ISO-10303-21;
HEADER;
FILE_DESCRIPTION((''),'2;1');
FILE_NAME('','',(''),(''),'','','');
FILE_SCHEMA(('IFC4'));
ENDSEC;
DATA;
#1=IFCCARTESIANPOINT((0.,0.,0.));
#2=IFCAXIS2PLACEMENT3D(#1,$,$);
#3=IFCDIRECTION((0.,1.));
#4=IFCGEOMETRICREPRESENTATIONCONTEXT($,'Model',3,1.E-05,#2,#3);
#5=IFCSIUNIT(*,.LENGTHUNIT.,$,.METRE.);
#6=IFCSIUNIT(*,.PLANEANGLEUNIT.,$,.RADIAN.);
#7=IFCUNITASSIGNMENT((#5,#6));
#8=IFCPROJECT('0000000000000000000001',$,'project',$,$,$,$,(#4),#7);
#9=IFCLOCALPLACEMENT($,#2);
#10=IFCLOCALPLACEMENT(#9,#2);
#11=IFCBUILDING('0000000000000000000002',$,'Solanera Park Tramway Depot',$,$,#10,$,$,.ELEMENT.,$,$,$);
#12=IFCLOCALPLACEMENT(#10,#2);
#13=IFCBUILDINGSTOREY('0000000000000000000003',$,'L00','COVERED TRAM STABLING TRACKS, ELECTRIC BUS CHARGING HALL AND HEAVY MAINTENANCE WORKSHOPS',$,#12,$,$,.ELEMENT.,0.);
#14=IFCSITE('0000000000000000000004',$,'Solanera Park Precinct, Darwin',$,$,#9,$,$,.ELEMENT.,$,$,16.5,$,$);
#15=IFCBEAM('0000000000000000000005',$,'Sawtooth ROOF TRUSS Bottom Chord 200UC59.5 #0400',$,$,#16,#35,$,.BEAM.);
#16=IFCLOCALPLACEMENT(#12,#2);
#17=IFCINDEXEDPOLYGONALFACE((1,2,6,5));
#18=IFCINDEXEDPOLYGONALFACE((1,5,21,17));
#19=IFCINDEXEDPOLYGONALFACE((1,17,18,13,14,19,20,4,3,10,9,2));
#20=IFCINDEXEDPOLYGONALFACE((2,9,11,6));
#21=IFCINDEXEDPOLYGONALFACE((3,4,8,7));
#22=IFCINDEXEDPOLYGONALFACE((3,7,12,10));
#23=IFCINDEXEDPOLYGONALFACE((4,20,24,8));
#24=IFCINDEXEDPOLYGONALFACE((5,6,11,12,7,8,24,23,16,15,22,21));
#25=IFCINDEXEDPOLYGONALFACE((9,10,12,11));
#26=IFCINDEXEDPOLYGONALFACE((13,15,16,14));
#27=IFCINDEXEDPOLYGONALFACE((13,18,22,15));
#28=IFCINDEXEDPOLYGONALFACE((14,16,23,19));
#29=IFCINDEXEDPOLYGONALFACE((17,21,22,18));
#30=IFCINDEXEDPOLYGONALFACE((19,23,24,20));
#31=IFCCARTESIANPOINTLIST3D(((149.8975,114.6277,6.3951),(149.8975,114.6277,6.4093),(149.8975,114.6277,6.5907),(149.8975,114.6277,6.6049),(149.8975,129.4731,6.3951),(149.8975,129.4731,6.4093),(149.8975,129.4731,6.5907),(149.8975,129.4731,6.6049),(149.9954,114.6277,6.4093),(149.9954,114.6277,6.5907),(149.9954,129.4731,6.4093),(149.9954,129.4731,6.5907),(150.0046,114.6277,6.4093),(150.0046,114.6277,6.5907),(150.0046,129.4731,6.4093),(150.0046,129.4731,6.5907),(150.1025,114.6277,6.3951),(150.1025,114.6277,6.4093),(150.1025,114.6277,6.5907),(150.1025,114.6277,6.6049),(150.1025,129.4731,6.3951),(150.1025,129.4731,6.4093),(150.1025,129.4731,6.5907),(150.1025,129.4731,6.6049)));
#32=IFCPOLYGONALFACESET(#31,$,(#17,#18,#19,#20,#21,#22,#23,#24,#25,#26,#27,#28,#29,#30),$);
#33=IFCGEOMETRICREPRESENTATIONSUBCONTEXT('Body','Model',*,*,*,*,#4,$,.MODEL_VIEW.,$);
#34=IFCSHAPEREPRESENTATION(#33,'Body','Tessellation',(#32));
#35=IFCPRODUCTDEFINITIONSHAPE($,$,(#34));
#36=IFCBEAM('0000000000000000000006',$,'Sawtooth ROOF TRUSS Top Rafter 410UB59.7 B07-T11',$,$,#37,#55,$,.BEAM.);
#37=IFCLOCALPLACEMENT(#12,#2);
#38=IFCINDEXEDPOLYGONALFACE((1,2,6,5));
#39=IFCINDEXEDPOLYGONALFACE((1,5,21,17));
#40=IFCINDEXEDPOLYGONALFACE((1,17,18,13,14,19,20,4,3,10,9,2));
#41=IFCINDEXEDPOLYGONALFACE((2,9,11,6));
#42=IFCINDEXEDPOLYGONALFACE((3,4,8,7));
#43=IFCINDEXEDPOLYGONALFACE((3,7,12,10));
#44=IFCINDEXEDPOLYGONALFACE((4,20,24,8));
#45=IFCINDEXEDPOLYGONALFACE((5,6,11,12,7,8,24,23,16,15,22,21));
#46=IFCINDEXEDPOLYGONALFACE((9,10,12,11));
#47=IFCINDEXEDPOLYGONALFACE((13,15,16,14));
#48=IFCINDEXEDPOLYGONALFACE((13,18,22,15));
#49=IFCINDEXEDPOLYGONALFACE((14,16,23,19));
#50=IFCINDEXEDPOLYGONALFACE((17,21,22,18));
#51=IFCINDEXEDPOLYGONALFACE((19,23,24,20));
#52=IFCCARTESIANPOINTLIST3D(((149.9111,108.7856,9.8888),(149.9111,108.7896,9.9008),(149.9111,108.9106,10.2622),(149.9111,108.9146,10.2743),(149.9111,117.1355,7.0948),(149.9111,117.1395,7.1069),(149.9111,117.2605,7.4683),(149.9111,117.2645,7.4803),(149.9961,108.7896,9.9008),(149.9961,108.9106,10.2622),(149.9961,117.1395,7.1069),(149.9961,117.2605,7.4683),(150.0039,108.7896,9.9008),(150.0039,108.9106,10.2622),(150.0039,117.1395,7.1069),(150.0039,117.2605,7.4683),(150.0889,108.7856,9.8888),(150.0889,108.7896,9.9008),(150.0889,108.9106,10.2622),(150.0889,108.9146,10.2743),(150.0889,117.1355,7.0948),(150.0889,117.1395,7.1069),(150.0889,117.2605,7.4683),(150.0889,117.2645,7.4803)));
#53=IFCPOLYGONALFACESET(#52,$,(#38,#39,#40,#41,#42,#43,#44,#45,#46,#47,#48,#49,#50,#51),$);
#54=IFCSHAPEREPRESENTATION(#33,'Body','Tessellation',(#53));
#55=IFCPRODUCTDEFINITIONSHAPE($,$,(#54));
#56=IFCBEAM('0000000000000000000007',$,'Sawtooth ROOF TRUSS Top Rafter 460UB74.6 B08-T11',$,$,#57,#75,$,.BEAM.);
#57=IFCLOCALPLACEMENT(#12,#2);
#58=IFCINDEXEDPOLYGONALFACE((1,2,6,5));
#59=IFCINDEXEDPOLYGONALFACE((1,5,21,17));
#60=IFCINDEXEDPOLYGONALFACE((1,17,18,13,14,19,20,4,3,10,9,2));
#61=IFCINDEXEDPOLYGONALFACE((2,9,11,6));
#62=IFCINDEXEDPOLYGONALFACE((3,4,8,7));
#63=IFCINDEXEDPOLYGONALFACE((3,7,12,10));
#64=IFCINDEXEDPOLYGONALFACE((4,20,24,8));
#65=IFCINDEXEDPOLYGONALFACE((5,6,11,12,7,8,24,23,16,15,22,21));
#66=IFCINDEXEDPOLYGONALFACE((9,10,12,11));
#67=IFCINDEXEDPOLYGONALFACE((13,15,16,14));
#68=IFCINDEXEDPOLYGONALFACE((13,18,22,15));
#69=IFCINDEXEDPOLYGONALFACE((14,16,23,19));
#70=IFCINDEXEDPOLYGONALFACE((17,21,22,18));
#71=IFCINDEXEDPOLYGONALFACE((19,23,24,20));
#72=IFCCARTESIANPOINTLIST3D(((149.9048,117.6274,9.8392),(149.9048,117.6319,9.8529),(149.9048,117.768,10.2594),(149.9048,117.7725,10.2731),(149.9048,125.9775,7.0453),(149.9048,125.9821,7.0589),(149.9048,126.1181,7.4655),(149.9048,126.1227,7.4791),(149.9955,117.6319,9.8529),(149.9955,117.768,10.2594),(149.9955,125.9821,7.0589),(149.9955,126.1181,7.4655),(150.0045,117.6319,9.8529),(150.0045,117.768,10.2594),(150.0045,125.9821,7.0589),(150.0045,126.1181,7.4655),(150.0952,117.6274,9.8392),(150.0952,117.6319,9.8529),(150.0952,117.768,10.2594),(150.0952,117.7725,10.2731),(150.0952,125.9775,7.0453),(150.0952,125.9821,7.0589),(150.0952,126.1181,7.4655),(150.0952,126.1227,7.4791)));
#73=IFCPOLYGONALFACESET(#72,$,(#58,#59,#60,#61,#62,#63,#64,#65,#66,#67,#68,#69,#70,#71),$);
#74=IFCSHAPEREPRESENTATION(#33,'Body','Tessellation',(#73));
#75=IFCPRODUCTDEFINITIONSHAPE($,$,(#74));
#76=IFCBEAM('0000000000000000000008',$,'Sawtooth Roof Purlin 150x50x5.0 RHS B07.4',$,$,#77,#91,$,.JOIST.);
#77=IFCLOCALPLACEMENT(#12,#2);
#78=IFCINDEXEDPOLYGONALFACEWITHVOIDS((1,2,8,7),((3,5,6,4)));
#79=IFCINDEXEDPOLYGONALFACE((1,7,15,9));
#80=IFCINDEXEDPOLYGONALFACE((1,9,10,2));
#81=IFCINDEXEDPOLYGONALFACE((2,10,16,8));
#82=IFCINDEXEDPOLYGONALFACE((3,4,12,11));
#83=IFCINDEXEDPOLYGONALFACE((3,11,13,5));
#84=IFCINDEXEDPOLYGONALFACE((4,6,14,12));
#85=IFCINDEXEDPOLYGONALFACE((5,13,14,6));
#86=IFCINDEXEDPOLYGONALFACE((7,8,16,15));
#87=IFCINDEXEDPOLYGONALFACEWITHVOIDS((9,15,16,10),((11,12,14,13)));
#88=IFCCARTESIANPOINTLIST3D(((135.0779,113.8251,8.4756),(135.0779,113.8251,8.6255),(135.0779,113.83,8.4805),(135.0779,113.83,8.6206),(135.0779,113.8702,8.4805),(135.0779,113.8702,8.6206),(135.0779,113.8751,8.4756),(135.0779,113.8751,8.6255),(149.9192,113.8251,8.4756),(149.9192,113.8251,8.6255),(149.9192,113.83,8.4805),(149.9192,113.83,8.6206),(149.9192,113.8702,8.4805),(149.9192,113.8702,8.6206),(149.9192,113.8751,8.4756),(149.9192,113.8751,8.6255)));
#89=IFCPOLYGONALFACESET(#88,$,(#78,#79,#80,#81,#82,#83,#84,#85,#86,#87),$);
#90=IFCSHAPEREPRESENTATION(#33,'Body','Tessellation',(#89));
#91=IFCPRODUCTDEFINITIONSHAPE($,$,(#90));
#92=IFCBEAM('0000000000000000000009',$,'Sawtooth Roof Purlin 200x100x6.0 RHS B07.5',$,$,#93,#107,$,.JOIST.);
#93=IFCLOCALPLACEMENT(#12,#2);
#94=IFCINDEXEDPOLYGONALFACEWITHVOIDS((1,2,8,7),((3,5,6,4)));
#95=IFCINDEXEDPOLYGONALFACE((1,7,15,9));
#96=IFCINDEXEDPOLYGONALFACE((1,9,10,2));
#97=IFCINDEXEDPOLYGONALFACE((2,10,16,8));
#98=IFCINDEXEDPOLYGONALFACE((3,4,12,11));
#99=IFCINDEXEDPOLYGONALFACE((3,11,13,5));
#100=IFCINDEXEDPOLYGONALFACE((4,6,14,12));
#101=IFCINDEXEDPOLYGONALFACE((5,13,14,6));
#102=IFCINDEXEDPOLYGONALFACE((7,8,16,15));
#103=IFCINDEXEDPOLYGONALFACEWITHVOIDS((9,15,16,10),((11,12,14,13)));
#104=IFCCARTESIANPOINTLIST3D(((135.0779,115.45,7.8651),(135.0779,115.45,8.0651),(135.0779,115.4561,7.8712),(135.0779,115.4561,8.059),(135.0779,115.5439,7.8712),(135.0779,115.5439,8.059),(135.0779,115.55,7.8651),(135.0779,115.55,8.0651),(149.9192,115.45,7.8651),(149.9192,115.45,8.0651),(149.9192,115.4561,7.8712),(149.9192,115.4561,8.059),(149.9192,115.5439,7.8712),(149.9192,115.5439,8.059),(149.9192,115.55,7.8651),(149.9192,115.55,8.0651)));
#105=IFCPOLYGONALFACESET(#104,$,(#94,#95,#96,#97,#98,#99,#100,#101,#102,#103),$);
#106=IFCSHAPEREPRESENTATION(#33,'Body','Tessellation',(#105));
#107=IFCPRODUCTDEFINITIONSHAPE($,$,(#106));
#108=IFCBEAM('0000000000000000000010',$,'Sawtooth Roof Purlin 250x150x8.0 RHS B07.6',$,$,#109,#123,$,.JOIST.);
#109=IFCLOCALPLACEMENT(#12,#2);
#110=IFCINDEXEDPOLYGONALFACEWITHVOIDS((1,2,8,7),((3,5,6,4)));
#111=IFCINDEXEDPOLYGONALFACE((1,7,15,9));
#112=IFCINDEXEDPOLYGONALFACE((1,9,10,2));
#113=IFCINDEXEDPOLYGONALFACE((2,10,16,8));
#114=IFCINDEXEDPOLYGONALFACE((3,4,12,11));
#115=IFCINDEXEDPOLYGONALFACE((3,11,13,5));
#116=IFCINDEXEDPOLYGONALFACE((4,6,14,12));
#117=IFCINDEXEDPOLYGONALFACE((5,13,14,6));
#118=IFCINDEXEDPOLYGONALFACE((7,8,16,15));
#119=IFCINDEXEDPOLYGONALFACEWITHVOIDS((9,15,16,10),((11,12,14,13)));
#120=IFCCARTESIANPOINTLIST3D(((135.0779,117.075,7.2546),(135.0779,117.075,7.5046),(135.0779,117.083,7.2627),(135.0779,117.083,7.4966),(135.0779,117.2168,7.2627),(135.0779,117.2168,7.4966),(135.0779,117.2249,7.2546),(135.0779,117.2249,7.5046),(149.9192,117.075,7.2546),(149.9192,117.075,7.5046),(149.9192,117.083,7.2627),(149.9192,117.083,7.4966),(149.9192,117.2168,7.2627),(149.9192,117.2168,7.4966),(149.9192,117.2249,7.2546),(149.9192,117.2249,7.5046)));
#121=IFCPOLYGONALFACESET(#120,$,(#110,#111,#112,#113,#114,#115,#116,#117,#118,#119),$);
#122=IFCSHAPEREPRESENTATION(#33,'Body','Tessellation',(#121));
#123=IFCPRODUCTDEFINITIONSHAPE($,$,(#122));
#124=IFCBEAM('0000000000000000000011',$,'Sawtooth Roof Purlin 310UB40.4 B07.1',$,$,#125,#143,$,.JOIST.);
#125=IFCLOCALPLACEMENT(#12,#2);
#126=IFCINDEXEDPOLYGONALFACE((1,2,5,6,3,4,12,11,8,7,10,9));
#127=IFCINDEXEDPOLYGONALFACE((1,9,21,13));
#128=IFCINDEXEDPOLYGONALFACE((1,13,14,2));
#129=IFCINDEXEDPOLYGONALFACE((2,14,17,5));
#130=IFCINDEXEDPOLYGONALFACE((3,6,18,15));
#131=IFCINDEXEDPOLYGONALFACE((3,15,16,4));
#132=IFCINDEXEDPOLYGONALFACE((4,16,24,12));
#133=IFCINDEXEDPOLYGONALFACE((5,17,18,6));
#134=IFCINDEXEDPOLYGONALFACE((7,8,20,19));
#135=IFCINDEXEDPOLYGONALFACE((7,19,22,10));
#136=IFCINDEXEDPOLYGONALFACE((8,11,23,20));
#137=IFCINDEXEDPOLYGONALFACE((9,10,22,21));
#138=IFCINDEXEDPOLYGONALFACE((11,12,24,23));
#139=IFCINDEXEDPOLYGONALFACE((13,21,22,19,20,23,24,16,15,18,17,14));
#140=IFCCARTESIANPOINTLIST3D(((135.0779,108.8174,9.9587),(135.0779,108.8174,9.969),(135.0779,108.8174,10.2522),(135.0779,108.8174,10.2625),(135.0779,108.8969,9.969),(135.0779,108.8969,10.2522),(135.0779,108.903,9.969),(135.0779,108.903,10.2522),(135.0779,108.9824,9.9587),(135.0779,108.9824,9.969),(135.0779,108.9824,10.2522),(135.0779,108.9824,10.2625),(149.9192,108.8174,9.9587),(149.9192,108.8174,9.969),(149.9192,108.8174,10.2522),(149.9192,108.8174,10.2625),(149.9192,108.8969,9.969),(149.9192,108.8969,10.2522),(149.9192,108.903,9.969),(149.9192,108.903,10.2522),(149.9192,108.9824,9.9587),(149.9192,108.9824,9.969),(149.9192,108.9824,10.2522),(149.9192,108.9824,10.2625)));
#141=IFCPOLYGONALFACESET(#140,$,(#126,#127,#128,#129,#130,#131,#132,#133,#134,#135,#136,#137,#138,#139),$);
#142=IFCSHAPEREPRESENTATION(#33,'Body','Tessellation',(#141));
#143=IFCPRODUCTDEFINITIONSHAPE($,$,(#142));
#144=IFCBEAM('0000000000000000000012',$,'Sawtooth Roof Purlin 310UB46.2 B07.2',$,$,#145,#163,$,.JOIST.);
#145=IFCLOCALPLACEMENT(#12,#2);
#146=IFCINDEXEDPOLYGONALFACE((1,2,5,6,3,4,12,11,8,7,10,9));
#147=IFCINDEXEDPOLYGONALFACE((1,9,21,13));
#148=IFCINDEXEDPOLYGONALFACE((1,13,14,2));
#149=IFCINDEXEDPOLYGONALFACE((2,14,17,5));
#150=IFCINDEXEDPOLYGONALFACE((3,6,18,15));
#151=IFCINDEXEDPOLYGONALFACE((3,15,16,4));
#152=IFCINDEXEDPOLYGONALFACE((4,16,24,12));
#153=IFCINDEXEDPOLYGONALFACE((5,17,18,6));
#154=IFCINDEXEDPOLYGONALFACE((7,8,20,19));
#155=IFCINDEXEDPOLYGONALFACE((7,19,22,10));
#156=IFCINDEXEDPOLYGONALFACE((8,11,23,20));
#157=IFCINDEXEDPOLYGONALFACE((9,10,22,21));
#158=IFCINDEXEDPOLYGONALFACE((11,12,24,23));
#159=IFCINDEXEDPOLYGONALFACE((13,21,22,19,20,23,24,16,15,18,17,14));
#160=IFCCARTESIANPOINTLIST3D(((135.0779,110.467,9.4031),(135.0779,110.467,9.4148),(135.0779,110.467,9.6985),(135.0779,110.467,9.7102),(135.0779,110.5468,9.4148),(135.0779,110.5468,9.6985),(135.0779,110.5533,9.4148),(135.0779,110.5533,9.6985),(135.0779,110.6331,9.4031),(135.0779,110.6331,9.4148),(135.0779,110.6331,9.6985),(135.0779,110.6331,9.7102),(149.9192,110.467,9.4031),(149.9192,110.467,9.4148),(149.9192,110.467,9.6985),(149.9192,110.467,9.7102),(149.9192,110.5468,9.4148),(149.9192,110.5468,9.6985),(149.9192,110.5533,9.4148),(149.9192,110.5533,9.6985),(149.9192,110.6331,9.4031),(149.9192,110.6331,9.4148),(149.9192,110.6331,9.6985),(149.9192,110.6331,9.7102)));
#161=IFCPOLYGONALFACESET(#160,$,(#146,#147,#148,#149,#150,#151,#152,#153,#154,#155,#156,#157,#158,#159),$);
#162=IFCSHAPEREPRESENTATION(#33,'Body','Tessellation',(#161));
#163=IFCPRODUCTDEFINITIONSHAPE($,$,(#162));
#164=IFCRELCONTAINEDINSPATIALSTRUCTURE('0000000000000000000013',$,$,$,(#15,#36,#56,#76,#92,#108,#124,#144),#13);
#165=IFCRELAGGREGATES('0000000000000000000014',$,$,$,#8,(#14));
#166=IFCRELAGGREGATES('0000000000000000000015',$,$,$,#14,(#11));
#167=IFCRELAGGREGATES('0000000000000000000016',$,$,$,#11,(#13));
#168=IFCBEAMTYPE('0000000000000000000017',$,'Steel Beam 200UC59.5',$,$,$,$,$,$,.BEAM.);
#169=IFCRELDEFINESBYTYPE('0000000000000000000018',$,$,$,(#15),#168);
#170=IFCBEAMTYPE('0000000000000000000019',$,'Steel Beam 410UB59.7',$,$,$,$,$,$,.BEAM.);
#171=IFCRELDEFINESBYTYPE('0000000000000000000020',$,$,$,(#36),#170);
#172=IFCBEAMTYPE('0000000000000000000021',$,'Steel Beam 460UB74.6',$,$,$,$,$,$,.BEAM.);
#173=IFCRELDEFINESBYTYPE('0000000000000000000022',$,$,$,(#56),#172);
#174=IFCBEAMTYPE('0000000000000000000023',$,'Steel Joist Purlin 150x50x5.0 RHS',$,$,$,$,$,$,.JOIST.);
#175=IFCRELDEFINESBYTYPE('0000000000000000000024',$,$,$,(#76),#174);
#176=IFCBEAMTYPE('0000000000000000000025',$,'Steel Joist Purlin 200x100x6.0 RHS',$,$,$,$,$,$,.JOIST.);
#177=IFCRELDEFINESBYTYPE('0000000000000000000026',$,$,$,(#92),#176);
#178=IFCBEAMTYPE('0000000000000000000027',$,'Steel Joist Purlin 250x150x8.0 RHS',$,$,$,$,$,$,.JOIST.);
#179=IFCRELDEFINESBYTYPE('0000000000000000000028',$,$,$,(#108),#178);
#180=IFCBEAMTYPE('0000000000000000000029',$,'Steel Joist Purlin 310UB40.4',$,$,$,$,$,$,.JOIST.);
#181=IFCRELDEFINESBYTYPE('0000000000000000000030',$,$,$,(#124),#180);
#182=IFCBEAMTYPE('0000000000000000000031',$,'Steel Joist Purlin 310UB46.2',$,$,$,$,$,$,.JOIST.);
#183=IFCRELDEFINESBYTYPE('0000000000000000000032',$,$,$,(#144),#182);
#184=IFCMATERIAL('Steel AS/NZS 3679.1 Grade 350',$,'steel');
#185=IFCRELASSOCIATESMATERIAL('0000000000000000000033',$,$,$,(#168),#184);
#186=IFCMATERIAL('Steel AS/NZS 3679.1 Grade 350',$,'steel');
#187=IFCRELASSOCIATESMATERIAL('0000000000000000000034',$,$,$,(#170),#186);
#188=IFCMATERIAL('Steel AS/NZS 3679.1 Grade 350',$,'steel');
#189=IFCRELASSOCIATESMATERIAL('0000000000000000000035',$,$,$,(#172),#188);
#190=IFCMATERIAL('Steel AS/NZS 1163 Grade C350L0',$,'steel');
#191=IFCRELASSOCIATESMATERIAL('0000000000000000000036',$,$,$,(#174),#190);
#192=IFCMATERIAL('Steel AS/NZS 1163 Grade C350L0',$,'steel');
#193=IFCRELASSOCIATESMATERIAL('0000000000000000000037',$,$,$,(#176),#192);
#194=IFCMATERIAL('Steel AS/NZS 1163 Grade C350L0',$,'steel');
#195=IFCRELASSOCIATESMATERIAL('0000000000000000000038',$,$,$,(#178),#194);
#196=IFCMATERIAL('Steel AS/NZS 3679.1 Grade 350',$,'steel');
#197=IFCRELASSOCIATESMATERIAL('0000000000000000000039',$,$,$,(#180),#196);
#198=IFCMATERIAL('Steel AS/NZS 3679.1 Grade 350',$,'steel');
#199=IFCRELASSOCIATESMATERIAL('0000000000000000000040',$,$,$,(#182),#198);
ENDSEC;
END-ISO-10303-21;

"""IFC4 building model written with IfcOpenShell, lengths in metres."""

from ifc_helpers import new_model, si_unit, direction, frame, origin, origin_2d, place, context, subcontext, project, spatial, hollow_rectangle, i_section, extrude, material, material_profile, profile_set, type_object, element, save


model = new_model("IFC4")

# Units and contexts
model_context = context("Model", 3, precision=1e-05, world=origin(), true_north=direction((0.0, 1.0)))
body_context = subcontext(model_context, "Body", "Model", "MODEL_VIEW")
ifc_project = project(units=[si_unit("LENGTHUNIT", "METRE"), si_unit("PLANEANGLEUNIT", "RADIAN")], contexts=[model_context])

# Site, building, storey
site_placement = place(None, origin())
site = spatial("IfcSite", under=ifc_project, at=site_placement, Name="Solanera Park Precinct, Darwin", CompositionType="ELEMENT", RefElevation=16.5)
building_placement = place(site_placement, origin())
building = spatial("IfcBuilding", under=site, at=building_placement, Name="Solanera Park Tramway Depot", CompositionType="ELEMENT")
storey_placement = place(building_placement, origin())
storey = spatial("IfcBuildingStorey", under=building, at=storey_placement, Name="L00", Description="COVERED TRAM STABLING TRACKS, ELECTRIC BUS CHARGING HALL AND HEAVY MAINTENANCE WORKSHOPS", CompositionType="ELEMENT", Elevation=0.0)

# Beams
ifc_material_1 = material(Name="Steel AS/NZS 3679.1 Grade 350", Category="steel")
ifc_material_profile_1 = material_profile(ifc_material_1, i_section(OverallWidth=0.2051, OverallDepth=0.2097, WebThickness=0.0093, FlangeThickness=0.0142, at=origin_2d()), Name="200UC59.5")
ifc_profile_set_1 = profile_set([ifc_material_profile_1], Name="Steel AS/NZS 3679.1 Grade 350")
beam_type_1 = type_object("IfcBeamType", Name="Steel Beam 200UC59.5", PredefinedType="BEAM", material=ifc_profile_set_1)
beam_1_placement = place(storey_placement, frame((150.0, 114.6277, 6.5), z_axis=(0.0, 1.0, 0.0), x_axis=(-1.0, 0.0, 0.0)))
element("IfcBeam", 1, at=beam_1_placement, inside=storey, type_object=beam_type_1, Name="Sawtooth ROOF TRUSS Bottom Chord 200UC59.5 #0400", PredefinedType="BEAM", context=body_context, shape_type="SweptSolid", body=[
    extrude(i_section(OverallWidth=0.2051, OverallDepth=0.2097, WebThickness=0.0093, FlangeThickness=0.0142, at=origin_2d()), origin(), (0.0, 0.0, 1.0), 14.8455),
])
ifc_material_2 = material(Name="Steel AS/NZS 3679.1 Grade 350", Category="steel")
ifc_material_profile_2 = material_profile(ifc_material_2, i_section(OverallWidth=0.1777, OverallDepth=0.4065, WebThickness=0.0078, FlangeThickness=0.0127, at=origin_2d()), Name="410UB59.7")
ifc_profile_set_2 = profile_set([ifc_material_profile_2], Name="Steel AS/NZS 3679.1 Grade 350")
beam_type_2 = type_object("IfcBeamType", Name="Steel Beam 410UB59.7", PredefinedType="BEAM", material=ifc_profile_set_2)
beam_2_placement = place(storey_placement, frame((150.0, 108.8501, 10.0815), z_axis=(0.0, 0.948319, -0.317317), x_axis=(-1.0, 0.0, 0.0)))
element("IfcBeam", 2, at=beam_2_placement, inside=storey, type_object=beam_type_2, Name="Sawtooth ROOF TRUSS Top Rafter 410UB59.7 B07-T11", PredefinedType="BEAM", context=body_context, shape_type="SweptSolid", body=[
    extrude(i_section(OverallWidth=0.1777, OverallDepth=0.4065, WebThickness=0.0078, FlangeThickness=0.0127, at=origin_2d()), origin(), (0.0, 0.0, 1.0), 8.8049),
])
ifc_material_3 = material(Name="Steel AS/NZS 3679.1 Grade 350", Category="steel")
ifc_material_profile_3 = material_profile(ifc_material_3, i_section(OverallWidth=0.1904, OverallDepth=0.4575, WebThickness=0.009, FlangeThickness=0.0144, at=origin_2d()), Name="460UB74.6")
ifc_profile_set_3 = profile_set([ifc_material_profile_3], Name="Steel AS/NZS 3679.1 Grade 350")
beam_type_3 = type_object("IfcBeamType", Name="Steel Beam 460UB74.6", PredefinedType="BEAM", material=ifc_profile_set_3)
beam_3_placement = place(storey_placement, frame((150.0, 117.7, 10.0562), z_axis=(0.0, 0.948322, -0.317309), x_axis=(-1.0, 0.0, 0.0)))
element("IfcBeam", 3, at=beam_3_placement, inside=storey, type_object=beam_type_3, Name="Sawtooth ROOF TRUSS Top Rafter 460UB74.6 B08-T11", PredefinedType="BEAM", context=body_context, shape_type="SweptSolid", body=[
    extrude(i_section(OverallWidth=0.1904, OverallDepth=0.4575, WebThickness=0.009, FlangeThickness=0.0144, at=origin_2d()), origin(), (0.0, 0.0, 1.0), 8.8052),
])
ifc_material_4 = material(Name="Steel AS/NZS 1163 Grade C350L0", Category="steel")
ifc_material_profile_4 = material_profile(ifc_material_4, hollow_rectangle(XDim=0.05, YDim=0.1499, WallThickness=0.0049, at=origin_2d()), Name="150x50x5.0 RHS")
ifc_profile_set_4 = profile_set([ifc_material_profile_4], Name="Steel AS/NZS 1163 Grade C350L0")
beam_type_4 = type_object("IfcBeamType", Name="Steel Joist Purlin 150x50x5.0 RHS", PredefinedType="JOIST", material=ifc_profile_set_4)
beam_4_placement = place(storey_placement, frame((135.0779, 113.8501, 8.5505), z_axis=(1.0, 0.0, 0.0), x_axis=(0.0, 1.0, 0.0)))
element("IfcBeam", 4, at=beam_4_placement, inside=storey, type_object=beam_type_4, Name="Sawtooth Roof Purlin 150x50x5.0 RHS B07.4", PredefinedType="JOIST", context=body_context, shape_type="SweptSolid", body=[
    extrude(hollow_rectangle(XDim=0.05, YDim=0.1499, WallThickness=0.0049, at=origin_2d()), origin(), (0.0, 0.0, 1.0), 14.8413),
])
ifc_material_5 = material(Name="Steel AS/NZS 1163 Grade C350L0", Category="steel")
ifc_material_profile_5 = material_profile(ifc_material_5, hollow_rectangle(XDim=0.1001, YDim=0.2, WallThickness=0.0061, at=origin_2d()), Name="200x100x6.0 RHS")
ifc_profile_set_5 = profile_set([ifc_material_profile_5], Name="Steel AS/NZS 1163 Grade C350L0")
beam_type_5 = type_object("IfcBeamType", Name="Steel Joist Purlin 200x100x6.0 RHS", PredefinedType="JOIST", material=ifc_profile_set_5)
beam_5_placement = place(storey_placement, frame((135.0779, 115.5, 7.9651), z_axis=(1.0, 0.0, 0.0), x_axis=(0.0, 1.0, 0.0)))
element("IfcBeam", 5, at=beam_5_placement, inside=storey, type_object=beam_type_5, Name="Sawtooth Roof Purlin 200x100x6.0 RHS B07.5", PredefinedType="JOIST", context=body_context, shape_type="SweptSolid", body=[
    extrude(hollow_rectangle(XDim=0.1001, YDim=0.2, WallThickness=0.0061, at=origin_2d()), origin(), (0.0, 0.0, 1.0), 14.8413),
])
ifc_material_6 = material(Name="Steel AS/NZS 1163 Grade C350L0", Category="steel")
ifc_material_profile_6 = material_profile(ifc_material_6, hollow_rectangle(XDim=0.1499, YDim=0.25, WallThickness=0.0081, at=origin_2d()), Name="250x150x8.0 RHS")
ifc_profile_set_6 = profile_set([ifc_material_profile_6], Name="Steel AS/NZS 1163 Grade C350L0")
beam_type_6 = type_object("IfcBeamType", Name="Steel Joist Purlin 250x150x8.0 RHS", PredefinedType="JOIST", material=ifc_profile_set_6)
beam_6_placement = place(storey_placement, frame((135.0779, 117.1499, 7.3796), z_axis=(1.0, 0.0, 0.0), x_axis=(0.0, 1.0, 0.0)))
element("IfcBeam", 6, at=beam_6_placement, inside=storey, type_object=beam_type_6, Name="Sawtooth Roof Purlin 250x150x8.0 RHS B07.6", PredefinedType="JOIST", context=body_context, shape_type="SweptSolid", body=[
    extrude(hollow_rectangle(XDim=0.1499, YDim=0.25, WallThickness=0.0081, at=origin_2d()), origin(), (0.0, 0.0, 1.0), 14.8413),
])
ifc_material_7 = material(Name="Steel AS/NZS 3679.1 Grade 350", Category="steel")
ifc_material_profile_7 = material_profile(ifc_material_7, i_section(OverallWidth=0.165, OverallDepth=0.3037, WebThickness=0.0061, FlangeThickness=0.0103, at=origin_2d()), Name="310UB40.4")
ifc_profile_set_7 = profile_set([ifc_material_profile_7], Name="Steel AS/NZS 3679.1 Grade 350")
beam_type_7 = type_object("IfcBeamType", Name="Steel Joist Purlin 310UB40.4", PredefinedType="JOIST", material=ifc_profile_set_7)
beam_7_placement = place(storey_placement, frame((135.0779, 108.8999, 10.1106), z_axis=(1.0, 0.0, 0.0), x_axis=(0.0, 1.0, 0.0)))
element("IfcBeam", 7, at=beam_7_placement, inside=storey, type_object=beam_type_7, Name="Sawtooth Roof Purlin 310UB40.4 B07.1", PredefinedType="JOIST", context=body_context, shape_type="SweptSolid", body=[
    extrude(i_section(OverallWidth=0.165, OverallDepth=0.3037, WebThickness=0.0061, FlangeThickness=0.0103, at=origin_2d()), origin(), (0.0, 0.0, 1.0), 14.8413),
])
ifc_material_8 = material(Name="Steel AS/NZS 3679.1 Grade 350", Category="steel")
ifc_material_profile_8 = material_profile(ifc_material_8, i_section(OverallWidth=0.166, OverallDepth=0.3071, WebThickness=0.0066, FlangeThickness=0.0117, at=origin_2d()), Name="310UB46.2")
ifc_profile_set_8 = profile_set([ifc_material_profile_8], Name="Steel AS/NZS 3679.1 Grade 350")
beam_type_8 = type_object("IfcBeamType", Name="Steel Joist Purlin 310UB46.2", PredefinedType="JOIST", material=ifc_profile_set_8)
beam_8_placement = place(storey_placement, frame((135.0779, 110.55, 9.5566), z_axis=(1.0, 0.0, 0.0), x_axis=(0.0, 1.0, 0.0)))
element("IfcBeam", 8, at=beam_8_placement, inside=storey, type_object=beam_type_8, Name="Sawtooth Roof Purlin 310UB46.2 B07.2", PredefinedType="JOIST", context=body_context, shape_type="SweptSolid", body=[
    extrude(i_section(OverallWidth=0.166, OverallDepth=0.3071, WebThickness=0.0066, FlangeThickness=0.0117, at=origin_2d()), origin(), (0.0, 0.0, 1.0), 14.8413),
])

save(model, "model.ifc")
